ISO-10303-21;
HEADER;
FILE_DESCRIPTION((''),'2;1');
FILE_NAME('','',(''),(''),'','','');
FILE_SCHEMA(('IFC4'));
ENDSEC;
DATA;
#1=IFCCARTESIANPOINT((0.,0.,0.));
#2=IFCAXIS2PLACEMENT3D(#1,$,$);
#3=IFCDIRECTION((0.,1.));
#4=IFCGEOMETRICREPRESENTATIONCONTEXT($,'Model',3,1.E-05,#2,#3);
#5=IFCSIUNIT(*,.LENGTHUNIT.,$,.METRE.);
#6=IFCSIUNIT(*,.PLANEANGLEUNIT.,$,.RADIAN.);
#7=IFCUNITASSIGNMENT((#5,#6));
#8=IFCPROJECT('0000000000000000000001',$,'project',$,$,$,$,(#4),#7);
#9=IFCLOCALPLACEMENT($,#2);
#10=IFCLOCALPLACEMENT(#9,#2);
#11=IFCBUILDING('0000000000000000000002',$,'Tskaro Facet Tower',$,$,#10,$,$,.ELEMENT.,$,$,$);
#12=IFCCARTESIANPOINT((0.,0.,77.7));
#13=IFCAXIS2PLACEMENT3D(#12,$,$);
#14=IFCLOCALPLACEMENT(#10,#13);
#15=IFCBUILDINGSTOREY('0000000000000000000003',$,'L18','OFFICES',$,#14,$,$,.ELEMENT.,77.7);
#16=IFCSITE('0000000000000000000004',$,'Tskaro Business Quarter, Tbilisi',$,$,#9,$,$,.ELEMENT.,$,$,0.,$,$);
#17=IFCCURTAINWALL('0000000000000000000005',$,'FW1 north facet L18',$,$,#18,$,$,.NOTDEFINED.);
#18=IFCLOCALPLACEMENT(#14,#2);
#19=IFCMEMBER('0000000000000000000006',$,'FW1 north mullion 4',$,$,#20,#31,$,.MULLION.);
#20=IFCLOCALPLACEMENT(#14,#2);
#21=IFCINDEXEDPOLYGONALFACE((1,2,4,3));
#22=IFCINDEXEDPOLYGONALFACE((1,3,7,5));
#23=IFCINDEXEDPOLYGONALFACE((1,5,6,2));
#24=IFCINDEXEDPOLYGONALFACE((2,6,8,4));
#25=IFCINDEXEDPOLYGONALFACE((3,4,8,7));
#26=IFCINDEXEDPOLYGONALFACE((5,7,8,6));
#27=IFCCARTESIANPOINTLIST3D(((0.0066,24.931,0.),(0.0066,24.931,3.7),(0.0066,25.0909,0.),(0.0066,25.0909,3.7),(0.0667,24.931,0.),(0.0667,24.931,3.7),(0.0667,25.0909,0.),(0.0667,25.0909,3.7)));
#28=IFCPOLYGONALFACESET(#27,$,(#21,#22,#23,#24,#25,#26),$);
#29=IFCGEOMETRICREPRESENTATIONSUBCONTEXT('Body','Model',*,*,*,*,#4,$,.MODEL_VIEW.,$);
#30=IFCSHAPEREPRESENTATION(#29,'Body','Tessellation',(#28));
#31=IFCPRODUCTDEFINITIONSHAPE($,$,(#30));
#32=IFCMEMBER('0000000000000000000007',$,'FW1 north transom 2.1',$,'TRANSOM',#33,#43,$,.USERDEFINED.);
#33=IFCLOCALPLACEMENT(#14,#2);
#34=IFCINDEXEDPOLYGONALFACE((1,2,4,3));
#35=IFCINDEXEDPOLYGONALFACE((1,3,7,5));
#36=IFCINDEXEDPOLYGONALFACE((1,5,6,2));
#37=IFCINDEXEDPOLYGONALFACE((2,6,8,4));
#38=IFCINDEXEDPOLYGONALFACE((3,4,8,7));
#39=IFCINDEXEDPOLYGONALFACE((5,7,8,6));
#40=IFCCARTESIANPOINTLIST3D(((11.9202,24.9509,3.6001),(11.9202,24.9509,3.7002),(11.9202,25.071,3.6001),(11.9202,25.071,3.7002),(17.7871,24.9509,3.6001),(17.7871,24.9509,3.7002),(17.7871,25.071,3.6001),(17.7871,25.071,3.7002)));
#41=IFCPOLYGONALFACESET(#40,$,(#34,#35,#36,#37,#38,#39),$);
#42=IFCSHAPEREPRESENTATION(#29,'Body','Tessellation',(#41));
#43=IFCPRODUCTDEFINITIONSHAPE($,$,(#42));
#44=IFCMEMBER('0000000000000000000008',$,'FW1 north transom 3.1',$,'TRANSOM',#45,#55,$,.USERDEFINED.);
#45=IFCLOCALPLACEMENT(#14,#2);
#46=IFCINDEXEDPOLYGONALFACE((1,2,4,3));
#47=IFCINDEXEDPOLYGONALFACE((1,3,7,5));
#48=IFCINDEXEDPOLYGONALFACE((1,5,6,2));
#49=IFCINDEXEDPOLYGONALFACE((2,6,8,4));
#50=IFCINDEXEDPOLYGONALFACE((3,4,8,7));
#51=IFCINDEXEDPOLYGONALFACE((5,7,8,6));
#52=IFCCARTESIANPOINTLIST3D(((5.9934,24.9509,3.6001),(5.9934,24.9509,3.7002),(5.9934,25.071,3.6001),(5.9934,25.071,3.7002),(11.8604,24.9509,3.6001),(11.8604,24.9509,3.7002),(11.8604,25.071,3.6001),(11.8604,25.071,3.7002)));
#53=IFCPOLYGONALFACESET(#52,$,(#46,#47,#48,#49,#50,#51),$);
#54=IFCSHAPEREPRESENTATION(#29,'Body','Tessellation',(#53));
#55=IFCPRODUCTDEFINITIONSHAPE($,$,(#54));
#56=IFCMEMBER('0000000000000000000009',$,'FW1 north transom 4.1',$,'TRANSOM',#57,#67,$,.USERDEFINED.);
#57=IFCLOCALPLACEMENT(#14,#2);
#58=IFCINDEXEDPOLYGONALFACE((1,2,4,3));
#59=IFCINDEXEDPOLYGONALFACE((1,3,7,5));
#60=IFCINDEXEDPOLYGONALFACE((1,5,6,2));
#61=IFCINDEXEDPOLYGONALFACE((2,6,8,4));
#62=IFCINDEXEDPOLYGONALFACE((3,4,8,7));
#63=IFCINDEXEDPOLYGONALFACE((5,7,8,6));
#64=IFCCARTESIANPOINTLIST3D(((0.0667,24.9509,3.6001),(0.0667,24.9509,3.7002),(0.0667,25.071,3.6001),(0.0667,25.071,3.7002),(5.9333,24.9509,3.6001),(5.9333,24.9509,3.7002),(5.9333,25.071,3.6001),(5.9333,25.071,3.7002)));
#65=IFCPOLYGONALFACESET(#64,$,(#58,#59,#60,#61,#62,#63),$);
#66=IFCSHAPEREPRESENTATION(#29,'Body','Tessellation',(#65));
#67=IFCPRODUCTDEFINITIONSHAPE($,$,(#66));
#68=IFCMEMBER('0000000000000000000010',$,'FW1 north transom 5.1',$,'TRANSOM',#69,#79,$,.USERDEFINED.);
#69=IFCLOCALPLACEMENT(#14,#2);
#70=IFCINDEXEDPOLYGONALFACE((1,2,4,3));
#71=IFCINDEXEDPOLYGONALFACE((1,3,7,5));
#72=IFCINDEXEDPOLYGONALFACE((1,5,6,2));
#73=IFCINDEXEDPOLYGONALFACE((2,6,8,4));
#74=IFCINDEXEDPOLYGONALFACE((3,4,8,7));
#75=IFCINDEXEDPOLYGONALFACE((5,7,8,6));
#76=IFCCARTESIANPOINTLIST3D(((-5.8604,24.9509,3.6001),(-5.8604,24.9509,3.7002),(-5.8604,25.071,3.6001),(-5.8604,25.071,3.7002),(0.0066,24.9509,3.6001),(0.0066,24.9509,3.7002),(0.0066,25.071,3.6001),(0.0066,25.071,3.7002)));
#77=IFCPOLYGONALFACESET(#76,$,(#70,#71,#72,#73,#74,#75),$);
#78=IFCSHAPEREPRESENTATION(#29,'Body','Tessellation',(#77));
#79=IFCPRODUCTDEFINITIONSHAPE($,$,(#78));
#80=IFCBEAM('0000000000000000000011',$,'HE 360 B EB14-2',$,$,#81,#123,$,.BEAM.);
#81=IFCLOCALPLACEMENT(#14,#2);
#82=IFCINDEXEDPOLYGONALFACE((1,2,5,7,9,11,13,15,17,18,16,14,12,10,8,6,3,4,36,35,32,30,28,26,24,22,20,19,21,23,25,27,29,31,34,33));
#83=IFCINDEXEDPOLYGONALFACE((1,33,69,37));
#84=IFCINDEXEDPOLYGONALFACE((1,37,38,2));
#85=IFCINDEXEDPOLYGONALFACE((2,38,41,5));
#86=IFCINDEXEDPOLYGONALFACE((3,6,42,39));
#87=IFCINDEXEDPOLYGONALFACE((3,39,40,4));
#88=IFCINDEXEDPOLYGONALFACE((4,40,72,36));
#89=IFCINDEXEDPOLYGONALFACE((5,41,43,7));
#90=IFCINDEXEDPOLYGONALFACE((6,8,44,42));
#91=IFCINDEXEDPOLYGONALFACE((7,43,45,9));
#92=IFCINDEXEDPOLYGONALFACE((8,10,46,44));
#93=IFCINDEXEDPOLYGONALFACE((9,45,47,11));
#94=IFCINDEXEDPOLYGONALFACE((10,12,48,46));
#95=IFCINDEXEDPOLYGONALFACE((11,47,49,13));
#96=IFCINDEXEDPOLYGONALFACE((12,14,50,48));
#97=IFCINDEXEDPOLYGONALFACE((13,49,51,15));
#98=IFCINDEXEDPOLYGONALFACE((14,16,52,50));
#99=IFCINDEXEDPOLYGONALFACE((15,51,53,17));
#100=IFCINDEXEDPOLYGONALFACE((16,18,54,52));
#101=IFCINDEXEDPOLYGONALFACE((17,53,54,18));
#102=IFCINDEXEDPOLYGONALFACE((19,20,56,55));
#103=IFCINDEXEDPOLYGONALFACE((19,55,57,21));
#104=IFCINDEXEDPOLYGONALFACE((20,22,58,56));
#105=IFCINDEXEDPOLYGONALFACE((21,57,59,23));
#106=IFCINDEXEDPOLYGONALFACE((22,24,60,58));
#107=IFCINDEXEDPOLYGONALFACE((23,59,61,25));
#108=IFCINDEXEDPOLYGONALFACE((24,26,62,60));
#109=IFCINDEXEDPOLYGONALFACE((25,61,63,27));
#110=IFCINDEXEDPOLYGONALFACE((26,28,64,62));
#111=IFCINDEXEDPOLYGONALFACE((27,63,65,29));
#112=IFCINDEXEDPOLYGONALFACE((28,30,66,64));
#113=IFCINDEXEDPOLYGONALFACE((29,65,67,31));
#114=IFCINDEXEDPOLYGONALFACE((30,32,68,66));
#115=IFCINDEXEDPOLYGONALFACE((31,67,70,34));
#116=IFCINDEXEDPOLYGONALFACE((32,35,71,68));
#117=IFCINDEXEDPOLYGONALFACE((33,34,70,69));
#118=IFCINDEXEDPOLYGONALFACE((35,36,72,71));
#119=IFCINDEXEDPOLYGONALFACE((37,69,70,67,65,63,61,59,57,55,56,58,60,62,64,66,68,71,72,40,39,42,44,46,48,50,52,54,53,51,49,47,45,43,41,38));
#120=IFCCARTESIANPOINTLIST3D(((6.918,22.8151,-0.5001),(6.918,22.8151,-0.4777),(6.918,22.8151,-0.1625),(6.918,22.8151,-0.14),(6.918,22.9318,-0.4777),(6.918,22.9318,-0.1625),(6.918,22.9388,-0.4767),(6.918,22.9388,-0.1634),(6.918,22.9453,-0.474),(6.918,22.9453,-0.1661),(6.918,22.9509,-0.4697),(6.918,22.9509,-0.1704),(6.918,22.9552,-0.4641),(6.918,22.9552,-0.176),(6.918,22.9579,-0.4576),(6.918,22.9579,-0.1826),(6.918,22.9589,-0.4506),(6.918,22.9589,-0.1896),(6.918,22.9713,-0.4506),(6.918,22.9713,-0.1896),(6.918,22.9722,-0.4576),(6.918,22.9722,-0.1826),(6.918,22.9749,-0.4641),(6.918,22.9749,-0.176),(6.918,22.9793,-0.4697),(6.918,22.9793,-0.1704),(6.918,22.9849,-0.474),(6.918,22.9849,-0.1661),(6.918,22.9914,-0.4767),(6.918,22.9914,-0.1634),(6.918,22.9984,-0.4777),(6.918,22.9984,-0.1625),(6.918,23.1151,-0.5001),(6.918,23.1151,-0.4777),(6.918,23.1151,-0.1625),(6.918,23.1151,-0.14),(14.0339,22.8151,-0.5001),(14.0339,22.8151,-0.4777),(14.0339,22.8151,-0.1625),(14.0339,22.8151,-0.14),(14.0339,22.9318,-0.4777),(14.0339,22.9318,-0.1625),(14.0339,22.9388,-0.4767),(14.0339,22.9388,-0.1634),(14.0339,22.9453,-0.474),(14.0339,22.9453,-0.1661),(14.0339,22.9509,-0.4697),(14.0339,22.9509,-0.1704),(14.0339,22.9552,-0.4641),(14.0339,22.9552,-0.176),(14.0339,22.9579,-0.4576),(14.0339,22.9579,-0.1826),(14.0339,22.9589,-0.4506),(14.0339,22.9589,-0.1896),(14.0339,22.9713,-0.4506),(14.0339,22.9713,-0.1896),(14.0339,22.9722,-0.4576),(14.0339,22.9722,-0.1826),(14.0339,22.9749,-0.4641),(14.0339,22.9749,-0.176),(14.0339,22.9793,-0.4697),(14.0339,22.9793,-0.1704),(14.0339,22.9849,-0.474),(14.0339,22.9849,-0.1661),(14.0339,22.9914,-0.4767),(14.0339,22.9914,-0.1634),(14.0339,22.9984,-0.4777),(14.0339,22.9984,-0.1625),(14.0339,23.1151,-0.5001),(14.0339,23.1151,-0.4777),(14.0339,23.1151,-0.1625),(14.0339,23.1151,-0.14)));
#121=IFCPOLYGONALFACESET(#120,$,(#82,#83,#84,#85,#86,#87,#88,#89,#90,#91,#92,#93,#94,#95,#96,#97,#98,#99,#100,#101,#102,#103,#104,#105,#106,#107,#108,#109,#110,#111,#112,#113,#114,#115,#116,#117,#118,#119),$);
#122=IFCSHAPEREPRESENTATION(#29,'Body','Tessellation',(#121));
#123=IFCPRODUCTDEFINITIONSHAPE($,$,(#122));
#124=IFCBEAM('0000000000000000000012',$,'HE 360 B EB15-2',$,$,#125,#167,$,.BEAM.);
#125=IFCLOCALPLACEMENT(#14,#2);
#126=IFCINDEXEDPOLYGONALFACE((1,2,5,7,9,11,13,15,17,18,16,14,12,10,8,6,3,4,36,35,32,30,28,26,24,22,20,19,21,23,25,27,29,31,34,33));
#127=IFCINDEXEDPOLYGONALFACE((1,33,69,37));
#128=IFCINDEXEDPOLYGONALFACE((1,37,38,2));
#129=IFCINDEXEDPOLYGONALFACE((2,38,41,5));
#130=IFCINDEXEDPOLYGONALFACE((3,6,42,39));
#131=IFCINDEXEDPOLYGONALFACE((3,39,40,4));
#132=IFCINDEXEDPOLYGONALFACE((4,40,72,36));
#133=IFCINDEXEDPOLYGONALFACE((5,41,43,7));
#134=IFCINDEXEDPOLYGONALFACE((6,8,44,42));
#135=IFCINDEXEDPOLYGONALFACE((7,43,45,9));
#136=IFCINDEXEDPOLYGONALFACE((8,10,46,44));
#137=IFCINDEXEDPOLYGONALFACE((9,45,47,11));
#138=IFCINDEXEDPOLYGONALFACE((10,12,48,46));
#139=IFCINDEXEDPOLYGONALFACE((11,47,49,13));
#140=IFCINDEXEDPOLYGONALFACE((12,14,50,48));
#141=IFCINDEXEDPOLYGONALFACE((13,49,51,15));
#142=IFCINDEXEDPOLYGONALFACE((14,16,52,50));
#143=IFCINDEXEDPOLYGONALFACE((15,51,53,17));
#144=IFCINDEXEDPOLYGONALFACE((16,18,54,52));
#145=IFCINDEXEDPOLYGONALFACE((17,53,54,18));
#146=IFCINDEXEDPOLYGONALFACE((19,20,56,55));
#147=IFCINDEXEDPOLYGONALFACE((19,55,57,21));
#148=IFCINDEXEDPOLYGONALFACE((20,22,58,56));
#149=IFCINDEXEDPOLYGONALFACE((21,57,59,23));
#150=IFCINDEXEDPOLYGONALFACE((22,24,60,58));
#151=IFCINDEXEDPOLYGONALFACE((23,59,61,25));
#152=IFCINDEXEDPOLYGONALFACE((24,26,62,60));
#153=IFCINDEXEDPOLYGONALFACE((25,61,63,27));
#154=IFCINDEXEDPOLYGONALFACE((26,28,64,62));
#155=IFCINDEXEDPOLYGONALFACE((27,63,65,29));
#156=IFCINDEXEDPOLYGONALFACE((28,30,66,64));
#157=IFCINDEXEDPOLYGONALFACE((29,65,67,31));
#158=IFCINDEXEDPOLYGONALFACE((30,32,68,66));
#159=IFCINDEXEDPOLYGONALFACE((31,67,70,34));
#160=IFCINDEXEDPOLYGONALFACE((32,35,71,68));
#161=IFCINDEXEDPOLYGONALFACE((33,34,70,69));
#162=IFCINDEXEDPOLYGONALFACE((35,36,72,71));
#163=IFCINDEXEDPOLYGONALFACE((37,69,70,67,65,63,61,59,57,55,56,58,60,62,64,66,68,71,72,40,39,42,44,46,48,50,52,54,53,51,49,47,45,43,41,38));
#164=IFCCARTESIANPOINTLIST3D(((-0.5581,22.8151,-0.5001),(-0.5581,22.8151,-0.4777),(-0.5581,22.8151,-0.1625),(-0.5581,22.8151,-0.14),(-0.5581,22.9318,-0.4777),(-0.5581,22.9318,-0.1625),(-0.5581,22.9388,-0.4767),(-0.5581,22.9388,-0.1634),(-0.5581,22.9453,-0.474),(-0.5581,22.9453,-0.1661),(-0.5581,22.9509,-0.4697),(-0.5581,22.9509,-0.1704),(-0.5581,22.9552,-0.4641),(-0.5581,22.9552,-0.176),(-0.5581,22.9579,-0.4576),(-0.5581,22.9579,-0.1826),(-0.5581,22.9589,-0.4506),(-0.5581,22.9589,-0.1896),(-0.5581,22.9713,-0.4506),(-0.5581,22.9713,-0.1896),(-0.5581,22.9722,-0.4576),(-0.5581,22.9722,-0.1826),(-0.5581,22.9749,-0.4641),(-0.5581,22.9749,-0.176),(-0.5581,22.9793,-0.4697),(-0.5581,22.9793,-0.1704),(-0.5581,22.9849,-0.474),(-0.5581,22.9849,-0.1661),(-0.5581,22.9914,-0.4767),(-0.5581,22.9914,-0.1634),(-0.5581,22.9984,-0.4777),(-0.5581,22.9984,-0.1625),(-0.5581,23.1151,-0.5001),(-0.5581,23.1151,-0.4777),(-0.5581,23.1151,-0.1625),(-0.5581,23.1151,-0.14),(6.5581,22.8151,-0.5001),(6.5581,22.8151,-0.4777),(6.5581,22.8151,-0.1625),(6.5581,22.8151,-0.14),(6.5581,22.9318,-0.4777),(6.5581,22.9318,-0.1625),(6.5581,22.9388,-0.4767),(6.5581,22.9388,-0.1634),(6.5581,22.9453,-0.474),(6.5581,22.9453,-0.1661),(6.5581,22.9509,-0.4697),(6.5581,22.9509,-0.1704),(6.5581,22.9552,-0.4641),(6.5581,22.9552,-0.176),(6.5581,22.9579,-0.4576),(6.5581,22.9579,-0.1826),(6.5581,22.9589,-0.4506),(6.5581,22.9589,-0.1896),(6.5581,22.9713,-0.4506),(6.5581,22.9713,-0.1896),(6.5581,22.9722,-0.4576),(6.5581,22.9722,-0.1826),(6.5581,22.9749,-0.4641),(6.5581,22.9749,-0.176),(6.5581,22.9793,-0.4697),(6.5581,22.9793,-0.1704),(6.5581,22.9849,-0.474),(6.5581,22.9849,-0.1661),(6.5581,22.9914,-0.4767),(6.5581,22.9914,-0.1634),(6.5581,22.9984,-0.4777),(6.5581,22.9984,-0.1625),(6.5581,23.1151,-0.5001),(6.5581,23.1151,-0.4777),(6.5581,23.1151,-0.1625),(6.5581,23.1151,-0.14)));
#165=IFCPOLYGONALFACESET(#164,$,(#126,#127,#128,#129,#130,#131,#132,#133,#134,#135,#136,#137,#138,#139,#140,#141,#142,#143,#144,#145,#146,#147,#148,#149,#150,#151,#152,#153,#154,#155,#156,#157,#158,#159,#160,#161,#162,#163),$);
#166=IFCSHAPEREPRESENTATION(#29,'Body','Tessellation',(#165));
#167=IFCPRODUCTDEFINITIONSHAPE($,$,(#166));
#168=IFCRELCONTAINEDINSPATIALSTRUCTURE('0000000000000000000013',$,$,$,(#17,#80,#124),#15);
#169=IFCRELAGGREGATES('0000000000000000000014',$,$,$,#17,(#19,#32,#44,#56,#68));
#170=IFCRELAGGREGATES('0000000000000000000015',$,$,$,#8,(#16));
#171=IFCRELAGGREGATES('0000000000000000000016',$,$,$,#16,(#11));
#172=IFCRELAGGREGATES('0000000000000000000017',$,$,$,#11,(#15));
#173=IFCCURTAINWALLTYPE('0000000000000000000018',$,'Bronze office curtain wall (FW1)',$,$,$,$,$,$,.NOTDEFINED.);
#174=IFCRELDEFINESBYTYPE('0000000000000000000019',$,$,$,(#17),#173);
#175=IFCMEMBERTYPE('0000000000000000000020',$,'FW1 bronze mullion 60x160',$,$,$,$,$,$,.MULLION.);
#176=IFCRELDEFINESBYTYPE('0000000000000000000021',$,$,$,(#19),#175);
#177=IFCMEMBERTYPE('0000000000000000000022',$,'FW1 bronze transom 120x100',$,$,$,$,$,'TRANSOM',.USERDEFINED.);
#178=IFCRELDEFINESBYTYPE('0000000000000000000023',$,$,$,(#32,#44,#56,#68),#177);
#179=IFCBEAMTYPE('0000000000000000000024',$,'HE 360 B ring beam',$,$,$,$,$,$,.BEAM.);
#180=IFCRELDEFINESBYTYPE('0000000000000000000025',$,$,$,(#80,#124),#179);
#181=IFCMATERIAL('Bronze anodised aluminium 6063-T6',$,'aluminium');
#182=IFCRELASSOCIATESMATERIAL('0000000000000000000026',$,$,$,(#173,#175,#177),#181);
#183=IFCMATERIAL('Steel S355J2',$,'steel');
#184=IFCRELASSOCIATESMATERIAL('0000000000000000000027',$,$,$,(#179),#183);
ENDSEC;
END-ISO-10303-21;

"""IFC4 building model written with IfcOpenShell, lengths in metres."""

from ifc_helpers import new_model, si_unit, direction, frame, origin, origin_2d, place, context, subcontext, project, spatial, rectangle, i_section, extrude, material, material_profile, profile_set, type_object, element, aggregate, save


model = new_model("IFC4")

# Units and contexts
model_context = context("Model", 3, precision=1e-05, world=origin(), true_north=direction((0.0, 1.0)))
body_context = subcontext(model_context, "Body", "Model", "MODEL_VIEW")
ifc_project = project(units=[si_unit("LENGTHUNIT", "METRE"), si_unit("PLANEANGLEUNIT", "RADIAN")], contexts=[model_context])

# Site, building, storey
site_placement = place(None, origin())
site = spatial("IfcSite", under=ifc_project, at=site_placement, Name="Tskaro Business Quarter, Tbilisi", CompositionType="ELEMENT", RefElevation=0.0)
building_placement = place(site_placement, origin())
building = spatial("IfcBuilding", under=site, at=building_placement, Name="Tskaro Facet Tower", CompositionType="ELEMENT")
storey_placement = place(building_placement, frame((0.0, 0.0, 77.7)))
storey = spatial("IfcBuildingStorey", under=building, at=storey_placement, Name="L18", Description="OFFICES", CompositionType="ELEMENT", Elevation=77.7)

# Curtain wall, members
ifc_material_1 = material(Name="Bronze anodised aluminium 6063-T6", Category="aluminium")
curtain_wall_type = type_object("IfcCurtainWallType", Name="Bronze office curtain wall (FW1)", PredefinedType="NOTDEFINED", material=ifc_material_1)
curtain_wall_placement = place(storey_placement, origin())
curtain_wall = element("IfcCurtainWall", 1, at=curtain_wall_placement, inside=storey, type_object=curtain_wall_type, Name="FW1 north facet L18", PredefinedType="NOTDEFINED")
ifc_material_profile_1 = material_profile(ifc_material_1, rectangle(XDim=0.0601, YDim=0.1599, at=origin_2d()), Name="Mullion 60x160")
ifc_profile_set_1 = profile_set([ifc_material_profile_1], Name="Bronze anodised aluminium 6063-T6")
member_type_1 = type_object("IfcMemberType", Name="FW1 bronze mullion 60x160", PredefinedType="MULLION", material=ifc_profile_set_1)
member_1_placement = place(storey_placement, frame((0.0366, 25.011, 0.0), z_axis=(0.0, 0.0, 1.0), x_axis=(-1.0, 0.0, 0.0)))
member_1 = element("IfcMember", 2, at=member_1_placement, type_object=member_type_1, Name="FW1 north mullion 4", PredefinedType="MULLION", context=body_context, shape_type="SweptSolid", body=[
    extrude(rectangle(XDim=0.0601, YDim=0.1599, at=origin_2d()), origin(), (0.0, 0.0, 1.0), 3.7),
])
ifc_material_profile_2 = material_profile(ifc_material_1, rectangle(XDim=0.1201, YDim=0.1001, at=origin_2d()), Name="Transom 120x100")
ifc_profile_set_2 = profile_set([ifc_material_profile_2], Name="Bronze anodised aluminium 6063-T6")
member_type_2 = type_object("IfcMemberType", Name="FW1 bronze transom 120x100", ElementType="TRANSOM", PredefinedType="USERDEFINED", material=ifc_profile_set_2)
member_2_placement = place(storey_placement, frame((17.7871, 25.011, 3.6501), z_axis=(-1.0, 0.0, 0.0), x_axis=(0.0, -1.0, 0.0)))
member_2 = element("IfcMember", 3, at=member_2_placement, type_object=member_type_2, Name="FW1 north transom 2.1", ObjectType="TRANSOM", PredefinedType="USERDEFINED", context=body_context, shape_type="SweptSolid", body=[
    extrude(rectangle(XDim=0.1201, YDim=0.1001, at=origin_2d()), origin(), (0.0, 0.0, 1.0), 5.8669),
])
member_3_placement = place(storey_placement, frame((11.8604, 25.011, 3.6501), z_axis=(-1.0, 0.0, 0.0), x_axis=(0.0, -1.0, 0.0)))
member_3 = element("IfcMember", 4, at=member_3_placement, type_object=member_type_2, Name="FW1 north transom 3.1", ObjectType="TRANSOM", PredefinedType="USERDEFINED", context=body_context, shape_type="SweptSolid", body=[
    extrude(rectangle(XDim=0.1201, YDim=0.1001, at=origin_2d()), origin(), (0.0, 0.0, 1.0), 5.8669),
])
member_4_placement = place(storey_placement, frame((5.9333, 25.011, 3.6501), z_axis=(-1.0, 0.0, 0.0), x_axis=(0.0, -1.0, 0.0)))
member_4 = element("IfcMember", 5, at=member_4_placement, type_object=member_type_2, Name="FW1 north transom 4.1", ObjectType="TRANSOM", PredefinedType="USERDEFINED", context=body_context, shape_type="SweptSolid", body=[
    extrude(rectangle(XDim=0.1201, YDim=0.1001, at=origin_2d()), origin(), (0.0, 0.0, 1.0), 5.8667),
])
member_5_placement = place(storey_placement, frame((0.0066, 25.011, 3.6501), z_axis=(-1.0, 0.0, 0.0), x_axis=(0.0, -1.0, 0.0)))
member_5 = element("IfcMember", 6, at=member_5_placement, type_object=member_type_2, Name="FW1 north transom 5.1", ObjectType="TRANSOM", PredefinedType="USERDEFINED", context=body_context, shape_type="SweptSolid", body=[
    extrude(rectangle(XDim=0.1201, YDim=0.1001, at=origin_2d()), origin(), (0.0, 0.0, 1.0), 5.8669),
])

# Beams
ifc_material_2 = material(Name="Steel S355J2", Category="steel")
ifc_material_profile_3 = material_profile(ifc_material_2, i_section(OverallWidth=0.3, OverallDepth=0.3601, WebThickness=0.0125, FlangeThickness=0.0225, FilletRadius=0.0271, at=origin_2d()), Name="HE 360 B")
ifc_profile_set_3 = profile_set([ifc_material_profile_3], Name="Steel S355J2")
beam_type_1 = type_object("IfcBeamType", Name="HE 360 B ring beam", PredefinedType="BEAM", material=ifc_profile_set_3)
beam_1_placement = place(storey_placement, frame((14.0339, 22.9651, -0.3201), z_axis=(-1.0, 0.0, 0.0), x_axis=(0.0, -1.0, 0.0)))
element("IfcBeam", 7, at=beam_1_placement, inside=storey, type_object=beam_type_1, Name="HE 360 B EB14-2", PredefinedType="BEAM", context=body_context, shape_type="SweptSolid", body=[
    extrude(i_section(OverallWidth=0.3, OverallDepth=0.3601, WebThickness=0.0125, FlangeThickness=0.0225, FilletRadius=0.0271, at=origin_2d()), origin(), (0.0, 0.0, 1.0), 7.116),
])
beam_2_placement = place(storey_placement, frame((6.5581, 22.9651, -0.3201), z_axis=(-1.0, 0.0, 0.0), x_axis=(0.0, -1.0, 0.0)))
element("IfcBeam", 8, at=beam_2_placement, inside=storey, type_object=beam_type_1, Name="HE 360 B EB15-2", PredefinedType="BEAM", context=body_context, shape_type="SweptSolid", body=[
    extrude(i_section(OverallWidth=0.3, OverallDepth=0.3601, WebThickness=0.0125, FlangeThickness=0.0225, FilletRadius=0.0271, at=origin_2d()), origin(), (0.0, 0.0, 1.0), 7.1162),
])

aggregate(curtain_wall, [member_1, member_2, member_3, member_4, member_5])

save(model, "model.ifc")
